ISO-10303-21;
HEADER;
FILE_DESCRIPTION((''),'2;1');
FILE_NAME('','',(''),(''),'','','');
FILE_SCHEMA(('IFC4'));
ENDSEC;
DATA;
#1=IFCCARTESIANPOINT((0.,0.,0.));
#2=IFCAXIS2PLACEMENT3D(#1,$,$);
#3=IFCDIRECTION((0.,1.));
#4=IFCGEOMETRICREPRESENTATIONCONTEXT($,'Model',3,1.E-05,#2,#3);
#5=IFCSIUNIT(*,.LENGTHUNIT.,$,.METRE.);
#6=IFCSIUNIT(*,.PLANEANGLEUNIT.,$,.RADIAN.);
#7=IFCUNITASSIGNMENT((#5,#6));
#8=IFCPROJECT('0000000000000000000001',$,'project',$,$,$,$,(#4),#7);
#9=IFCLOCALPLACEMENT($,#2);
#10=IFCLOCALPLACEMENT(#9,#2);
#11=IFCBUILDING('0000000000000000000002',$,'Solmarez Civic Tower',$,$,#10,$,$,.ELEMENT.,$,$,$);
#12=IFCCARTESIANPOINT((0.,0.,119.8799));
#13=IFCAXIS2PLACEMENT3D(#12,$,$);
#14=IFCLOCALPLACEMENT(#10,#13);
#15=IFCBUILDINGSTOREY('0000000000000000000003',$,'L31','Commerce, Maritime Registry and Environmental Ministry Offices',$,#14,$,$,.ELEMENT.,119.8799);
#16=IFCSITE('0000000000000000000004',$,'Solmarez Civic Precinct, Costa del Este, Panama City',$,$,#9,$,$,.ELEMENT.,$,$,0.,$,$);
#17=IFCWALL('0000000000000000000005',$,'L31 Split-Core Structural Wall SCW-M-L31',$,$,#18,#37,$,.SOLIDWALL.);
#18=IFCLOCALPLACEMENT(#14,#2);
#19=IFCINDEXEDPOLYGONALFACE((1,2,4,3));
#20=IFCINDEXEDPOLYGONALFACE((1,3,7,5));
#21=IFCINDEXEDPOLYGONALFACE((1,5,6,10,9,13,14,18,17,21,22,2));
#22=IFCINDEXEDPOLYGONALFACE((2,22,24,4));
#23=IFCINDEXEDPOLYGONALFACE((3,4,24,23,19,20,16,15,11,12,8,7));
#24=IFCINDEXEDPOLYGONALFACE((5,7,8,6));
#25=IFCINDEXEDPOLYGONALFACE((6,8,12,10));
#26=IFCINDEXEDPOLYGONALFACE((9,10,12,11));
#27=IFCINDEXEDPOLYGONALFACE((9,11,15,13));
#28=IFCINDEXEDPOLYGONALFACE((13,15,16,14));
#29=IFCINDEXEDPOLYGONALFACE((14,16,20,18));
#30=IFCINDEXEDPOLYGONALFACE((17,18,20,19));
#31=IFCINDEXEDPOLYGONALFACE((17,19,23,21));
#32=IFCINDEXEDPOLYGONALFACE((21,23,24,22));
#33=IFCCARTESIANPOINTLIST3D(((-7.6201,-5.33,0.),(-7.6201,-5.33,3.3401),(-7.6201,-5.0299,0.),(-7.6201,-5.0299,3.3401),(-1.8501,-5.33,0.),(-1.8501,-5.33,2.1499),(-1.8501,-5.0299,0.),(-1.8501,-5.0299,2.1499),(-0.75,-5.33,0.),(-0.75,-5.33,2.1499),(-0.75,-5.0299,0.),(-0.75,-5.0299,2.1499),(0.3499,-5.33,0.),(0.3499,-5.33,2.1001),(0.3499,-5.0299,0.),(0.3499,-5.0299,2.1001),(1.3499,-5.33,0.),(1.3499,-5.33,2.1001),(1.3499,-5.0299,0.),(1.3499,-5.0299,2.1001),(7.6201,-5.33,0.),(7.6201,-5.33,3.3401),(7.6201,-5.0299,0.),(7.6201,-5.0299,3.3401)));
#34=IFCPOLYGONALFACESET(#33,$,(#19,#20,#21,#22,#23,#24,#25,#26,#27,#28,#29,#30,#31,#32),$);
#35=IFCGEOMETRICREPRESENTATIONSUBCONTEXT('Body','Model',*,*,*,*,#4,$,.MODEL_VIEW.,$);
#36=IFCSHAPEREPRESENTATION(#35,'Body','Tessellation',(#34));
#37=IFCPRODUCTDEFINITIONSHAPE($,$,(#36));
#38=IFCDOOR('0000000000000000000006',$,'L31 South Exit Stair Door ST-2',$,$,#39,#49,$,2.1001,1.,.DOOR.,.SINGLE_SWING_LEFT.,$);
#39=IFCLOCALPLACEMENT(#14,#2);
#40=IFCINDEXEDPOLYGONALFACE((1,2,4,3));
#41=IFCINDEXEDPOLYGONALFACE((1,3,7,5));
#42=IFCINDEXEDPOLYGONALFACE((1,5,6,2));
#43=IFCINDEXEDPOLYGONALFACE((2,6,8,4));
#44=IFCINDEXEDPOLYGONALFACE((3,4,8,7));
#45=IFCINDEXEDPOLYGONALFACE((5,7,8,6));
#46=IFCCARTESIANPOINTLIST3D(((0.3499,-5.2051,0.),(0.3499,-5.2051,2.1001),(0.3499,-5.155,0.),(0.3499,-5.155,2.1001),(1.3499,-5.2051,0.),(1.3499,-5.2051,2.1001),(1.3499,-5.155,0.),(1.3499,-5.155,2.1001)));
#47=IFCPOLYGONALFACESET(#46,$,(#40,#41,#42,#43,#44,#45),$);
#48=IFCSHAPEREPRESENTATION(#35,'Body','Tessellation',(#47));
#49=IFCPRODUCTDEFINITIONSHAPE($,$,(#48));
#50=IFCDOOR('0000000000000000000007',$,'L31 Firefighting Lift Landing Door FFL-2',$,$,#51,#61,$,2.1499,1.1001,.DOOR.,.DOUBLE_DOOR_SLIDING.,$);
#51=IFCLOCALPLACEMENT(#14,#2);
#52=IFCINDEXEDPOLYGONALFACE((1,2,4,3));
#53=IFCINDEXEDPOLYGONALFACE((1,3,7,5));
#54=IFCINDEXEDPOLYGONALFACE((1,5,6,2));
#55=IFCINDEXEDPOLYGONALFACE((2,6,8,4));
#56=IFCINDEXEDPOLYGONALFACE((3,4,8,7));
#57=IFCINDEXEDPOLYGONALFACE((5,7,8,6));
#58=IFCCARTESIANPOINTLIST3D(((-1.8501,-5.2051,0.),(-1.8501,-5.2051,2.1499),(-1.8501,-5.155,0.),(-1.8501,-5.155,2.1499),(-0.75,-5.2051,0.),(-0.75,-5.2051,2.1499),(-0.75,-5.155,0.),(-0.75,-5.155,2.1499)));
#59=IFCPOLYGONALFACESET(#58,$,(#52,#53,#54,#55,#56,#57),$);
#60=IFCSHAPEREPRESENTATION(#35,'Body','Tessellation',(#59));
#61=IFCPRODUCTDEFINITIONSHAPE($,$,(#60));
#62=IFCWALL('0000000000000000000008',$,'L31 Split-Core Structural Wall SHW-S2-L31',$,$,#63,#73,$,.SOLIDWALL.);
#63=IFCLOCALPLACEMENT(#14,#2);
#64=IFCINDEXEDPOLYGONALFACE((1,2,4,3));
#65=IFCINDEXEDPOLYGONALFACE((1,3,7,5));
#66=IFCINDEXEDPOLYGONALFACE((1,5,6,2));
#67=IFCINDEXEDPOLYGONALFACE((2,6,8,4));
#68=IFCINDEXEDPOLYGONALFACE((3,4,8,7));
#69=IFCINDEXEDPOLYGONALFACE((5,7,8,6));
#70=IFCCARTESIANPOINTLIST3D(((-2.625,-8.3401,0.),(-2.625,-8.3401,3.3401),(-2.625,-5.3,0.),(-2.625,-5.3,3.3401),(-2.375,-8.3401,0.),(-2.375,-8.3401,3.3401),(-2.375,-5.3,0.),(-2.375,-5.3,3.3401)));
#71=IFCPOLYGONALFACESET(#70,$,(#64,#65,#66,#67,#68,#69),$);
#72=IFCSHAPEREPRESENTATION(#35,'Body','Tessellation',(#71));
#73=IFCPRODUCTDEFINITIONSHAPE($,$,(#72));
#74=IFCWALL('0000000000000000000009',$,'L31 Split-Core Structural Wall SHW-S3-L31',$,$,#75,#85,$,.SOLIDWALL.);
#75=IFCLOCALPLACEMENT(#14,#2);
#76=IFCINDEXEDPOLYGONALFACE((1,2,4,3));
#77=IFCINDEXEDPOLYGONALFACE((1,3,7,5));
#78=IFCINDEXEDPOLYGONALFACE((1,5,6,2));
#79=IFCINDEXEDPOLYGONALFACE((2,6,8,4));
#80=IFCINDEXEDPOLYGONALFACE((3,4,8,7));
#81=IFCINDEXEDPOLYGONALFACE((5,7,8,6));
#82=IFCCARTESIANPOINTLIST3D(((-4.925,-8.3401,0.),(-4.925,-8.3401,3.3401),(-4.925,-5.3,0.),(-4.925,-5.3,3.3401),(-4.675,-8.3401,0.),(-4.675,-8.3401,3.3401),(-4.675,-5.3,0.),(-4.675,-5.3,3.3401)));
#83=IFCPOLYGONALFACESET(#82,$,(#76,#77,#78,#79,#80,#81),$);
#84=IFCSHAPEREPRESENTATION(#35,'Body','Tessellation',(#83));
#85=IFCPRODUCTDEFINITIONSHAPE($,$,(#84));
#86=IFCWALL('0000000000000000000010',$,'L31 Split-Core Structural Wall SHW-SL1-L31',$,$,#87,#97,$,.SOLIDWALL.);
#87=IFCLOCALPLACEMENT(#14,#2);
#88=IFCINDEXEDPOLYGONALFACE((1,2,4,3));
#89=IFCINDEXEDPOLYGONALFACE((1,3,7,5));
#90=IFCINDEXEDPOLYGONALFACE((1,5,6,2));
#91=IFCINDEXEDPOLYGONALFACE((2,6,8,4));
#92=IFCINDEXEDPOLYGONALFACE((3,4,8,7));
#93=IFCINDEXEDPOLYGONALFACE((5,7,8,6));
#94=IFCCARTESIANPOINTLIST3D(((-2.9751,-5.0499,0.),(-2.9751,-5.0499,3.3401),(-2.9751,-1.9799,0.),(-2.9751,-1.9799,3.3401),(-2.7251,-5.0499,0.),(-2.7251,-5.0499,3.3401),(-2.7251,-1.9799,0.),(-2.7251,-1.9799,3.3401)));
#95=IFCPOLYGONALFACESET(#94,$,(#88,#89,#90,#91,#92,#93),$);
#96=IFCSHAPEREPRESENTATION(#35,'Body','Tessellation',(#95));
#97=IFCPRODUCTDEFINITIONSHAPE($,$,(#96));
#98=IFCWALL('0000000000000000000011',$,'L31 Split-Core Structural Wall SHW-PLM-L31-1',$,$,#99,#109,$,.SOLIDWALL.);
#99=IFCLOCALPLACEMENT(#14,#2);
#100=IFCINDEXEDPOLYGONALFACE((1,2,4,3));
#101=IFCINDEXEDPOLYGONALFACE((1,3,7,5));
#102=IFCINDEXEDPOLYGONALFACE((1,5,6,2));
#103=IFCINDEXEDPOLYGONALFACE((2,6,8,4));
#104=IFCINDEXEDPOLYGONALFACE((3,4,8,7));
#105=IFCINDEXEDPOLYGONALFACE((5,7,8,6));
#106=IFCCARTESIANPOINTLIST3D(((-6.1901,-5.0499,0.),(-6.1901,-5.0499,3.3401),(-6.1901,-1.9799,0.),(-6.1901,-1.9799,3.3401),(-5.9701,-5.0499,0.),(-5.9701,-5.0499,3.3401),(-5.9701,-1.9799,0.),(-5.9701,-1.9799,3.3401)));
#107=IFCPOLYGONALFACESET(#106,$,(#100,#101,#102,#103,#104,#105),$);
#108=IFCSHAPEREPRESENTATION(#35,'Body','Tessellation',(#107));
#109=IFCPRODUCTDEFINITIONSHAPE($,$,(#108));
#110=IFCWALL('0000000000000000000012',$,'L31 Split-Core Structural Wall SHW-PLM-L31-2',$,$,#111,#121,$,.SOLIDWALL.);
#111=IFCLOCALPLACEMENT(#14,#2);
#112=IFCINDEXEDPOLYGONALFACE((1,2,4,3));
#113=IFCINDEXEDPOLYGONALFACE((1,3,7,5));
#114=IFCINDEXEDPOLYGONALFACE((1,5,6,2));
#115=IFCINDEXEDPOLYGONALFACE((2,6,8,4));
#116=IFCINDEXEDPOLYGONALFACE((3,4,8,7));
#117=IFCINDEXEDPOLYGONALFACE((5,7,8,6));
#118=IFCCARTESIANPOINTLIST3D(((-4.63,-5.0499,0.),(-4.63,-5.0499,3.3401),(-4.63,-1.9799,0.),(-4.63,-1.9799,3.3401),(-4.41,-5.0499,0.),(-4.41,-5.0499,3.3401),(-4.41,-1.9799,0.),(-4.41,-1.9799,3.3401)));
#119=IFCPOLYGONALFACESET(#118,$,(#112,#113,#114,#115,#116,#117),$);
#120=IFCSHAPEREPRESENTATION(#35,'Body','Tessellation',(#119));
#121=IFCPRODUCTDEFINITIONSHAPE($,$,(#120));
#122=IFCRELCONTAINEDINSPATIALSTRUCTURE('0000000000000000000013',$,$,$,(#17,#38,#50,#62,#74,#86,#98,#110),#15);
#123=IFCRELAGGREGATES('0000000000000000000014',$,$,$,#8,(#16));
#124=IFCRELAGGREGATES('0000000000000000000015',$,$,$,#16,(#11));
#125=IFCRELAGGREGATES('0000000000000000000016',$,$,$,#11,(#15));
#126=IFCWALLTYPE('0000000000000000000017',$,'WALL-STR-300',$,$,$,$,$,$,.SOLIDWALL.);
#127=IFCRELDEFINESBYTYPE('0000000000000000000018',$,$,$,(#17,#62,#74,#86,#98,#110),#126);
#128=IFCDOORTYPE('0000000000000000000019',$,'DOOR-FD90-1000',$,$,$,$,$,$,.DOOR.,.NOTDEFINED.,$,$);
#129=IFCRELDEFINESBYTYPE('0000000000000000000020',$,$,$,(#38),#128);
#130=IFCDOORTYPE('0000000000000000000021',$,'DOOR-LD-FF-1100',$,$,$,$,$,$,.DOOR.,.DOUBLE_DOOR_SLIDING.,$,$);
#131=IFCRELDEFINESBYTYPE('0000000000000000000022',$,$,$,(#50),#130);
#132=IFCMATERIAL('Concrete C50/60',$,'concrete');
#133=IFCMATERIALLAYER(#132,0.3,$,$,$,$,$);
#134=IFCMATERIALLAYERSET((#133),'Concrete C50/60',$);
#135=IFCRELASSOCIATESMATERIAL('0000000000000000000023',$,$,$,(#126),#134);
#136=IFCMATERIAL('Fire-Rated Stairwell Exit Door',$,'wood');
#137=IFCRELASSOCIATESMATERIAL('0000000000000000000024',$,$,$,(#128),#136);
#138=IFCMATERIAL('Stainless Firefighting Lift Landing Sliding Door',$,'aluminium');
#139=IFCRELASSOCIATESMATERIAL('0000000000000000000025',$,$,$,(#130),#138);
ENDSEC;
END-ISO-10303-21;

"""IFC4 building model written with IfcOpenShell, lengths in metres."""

from ifc_helpers import new_model, si_unit, direction, frame, frame_2d, origin, place, context, subcontext, project, spatial, rectangle, extrude, material, layer, layer_set, type_object, element, fill, save


model = new_model("IFC4")

# Units and contexts
model_context = context("Model", 3, precision=1e-05, world=origin(), true_north=direction((0.0, 1.0)))
body_context = subcontext(model_context, "Body", "Model", "MODEL_VIEW")
ifc_project = project(units=[si_unit("LENGTHUNIT", "METRE"), si_unit("PLANEANGLEUNIT", "RADIAN")], contexts=[model_context])

# Site, building, storey
site_placement = place(None, origin())
site = spatial("IfcSite", under=ifc_project, at=site_placement, Name="Solmarez Civic Precinct, Costa del Este, Panama City", CompositionType="ELEMENT", RefElevation=0.0)
building_placement = place(site_placement, origin())
building = spatial("IfcBuilding", under=site, at=building_placement, Name="Solmarez Civic Tower", CompositionType="ELEMENT")
storey_placement = place(building_placement, frame((0.0, 0.0, 119.8799)))
storey = spatial("IfcBuildingStorey", under=building, at=storey_placement, Name="L31", Description="Commerce, Maritime Registry and Environmental Ministry Offices", CompositionType="ELEMENT", Elevation=119.8799)

# Shared definitions
ifc_material_1 = material(Name="Concrete C50/60", Category="concrete")

# Wall, openings, doors
ifc_layer_1 = layer(ifc_material_1, 0.3)
ifc_layer_set_1 = layer_set([ifc_layer_1], Name="Concrete C50/60")
wall_type_1 = type_object("IfcWallType", Name="WALL-STR-300", PredefinedType="SOLIDWALL", material=ifc_layer_set_1)
wall_1_placement = place(storey_placement, frame((-7.6201, -5.1799, 0.0), z_axis=(0.0, 0.0, 1.0), x_axis=(1.0, 0.0, 0.0)))
wall_1 = element("IfcWall", 1, at=wall_1_placement, inside=storey, type_object=wall_type_1, Name="L31 Split-Core Structural Wall SCW-M-L31", PredefinedType="SOLIDWALL", context=body_context, shape_type="SweptSolid", body=[
    extrude(rectangle(XDim=15.2402, YDim=0.3, at=frame_2d((7.6201, 0.0))), origin(), (0.0, 0.0, 1.0), 3.3401),
])
opening_1_placement = place(wall_1_placement, frame((5.77, 0.0, 0.0)))
opening_1 = element("IfcOpeningElement", 2, at=opening_1_placement, cuts=wall_1, PredefinedType="OPENING", context=body_context, shape_type="SweptSolid", body=[
    extrude(rectangle(XDim=1.1001, YDim=2.1499, at=frame_2d((0.55, 1.075))), frame((0.0, 0.1599, 0.0), z_axis=(0.0, -1.0, 0.0), x_axis=(1.0, 0.0, 0.0)), (0.0, 0.0, 1.0), 0.3201),
])
opening_2_placement = place(wall_1_placement, frame((7.97, 0.0, 0.0)))
opening_2 = element("IfcOpeningElement", 3, at=opening_2_placement, cuts=wall_1, PredefinedType="OPENING", context=body_context, shape_type="SweptSolid", body=[
    extrude(rectangle(XDim=1.0, YDim=2.1001, at=frame_2d((0.5, 1.05))), frame((0.0, 0.1599, 0.0), z_axis=(0.0, -1.0, 0.0), x_axis=(1.0, 0.0, 0.0)), (0.0, 0.0, 1.0), 0.3201),
])
ifc_material_2 = material(Name="Fire-Rated Stairwell Exit Door", Category="wood")
door_type_1 = type_object("IfcDoorType", Name="DOOR-FD90-1000", OperationType="NOTDEFINED", PredefinedType="DOOR", material=ifc_material_2)
door_1_placement = place(opening_2_placement, origin())
door_1 = element("IfcDoor", 4, at=door_1_placement, inside=storey, type_object=door_type_1, Name="L31 South Exit Stair Door ST-2", OperationType="SINGLE_SWING_LEFT", OverallHeight=2.1001, OverallWidth=1.0, PredefinedType="DOOR", context=body_context, shape_type="SweptSolid", body=[
    extrude(rectangle(XDim=1.0, YDim=2.1001, at=frame_2d((0.5, 1.05))), frame((0.0, 0.0249, 0.0), z_axis=(0.0, -1.0, 0.0), x_axis=(1.0, 0.0, 0.0)), (0.0, 0.0, 1.0), 0.05),
])
fill(opening_2, door_1)
ifc_material_3 = material(Name="Stainless Firefighting Lift Landing Sliding Door", Category="aluminium")
door_type_2 = type_object("IfcDoorType", Name="DOOR-LD-FF-1100", OperationType="DOUBLE_DOOR_SLIDING", PredefinedType="DOOR", material=ifc_material_3)
door_2_placement = place(opening_1_placement, origin())
door_2 = element("IfcDoor", 5, at=door_2_placement, inside=storey, type_object=door_type_2, Name="L31 Firefighting Lift Landing Door FFL-2", OperationType="DOUBLE_DOOR_SLIDING", OverallHeight=2.1499, OverallWidth=1.1001, PredefinedType="DOOR", context=body_context, shape_type="SweptSolid", body=[
    extrude(rectangle(XDim=1.1001, YDim=2.1499, at=frame_2d((0.55, 1.075))), frame((0.0, 0.0249, 0.0), z_axis=(0.0, -1.0, 0.0), x_axis=(1.0, 0.0, 0.0)), (0.0, 0.0, 1.0), 0.05),
])
fill(opening_1, door_2)

# Walls
for number, where, z_axis, x_axis, name in (
    (6, (-2.5, -8.3401, 0.0), (0.0, 0.0, 1.0), (0.0, 1.0, 0.0), "L31 Split-Core Structural Wall SHW-S2-L31"),
    (7, (-4.8, -8.3401, 0.0), (0.0, 0.0, 1.0), (0.0, 1.0, 0.0), "L31 Split-Core Structural Wall SHW-S3-L31"),
):
    element("IfcWall", number, at=place(storey_placement, frame(where, z_axis=z_axis, x_axis=x_axis)), inside=storey, type_object=wall_type_1, Name=name, PredefinedType="SOLIDWALL", context=body_context, shape_type="SweptSolid", body=[
        extrude(rectangle(XDim=3.04, YDim=0.25, at=frame_2d((1.52, 0.0))), origin(), (0.0, 0.0, 1.0), 3.3401),
    ])
wall_2_placement = place(storey_placement, frame((-2.8501, -5.05, 0.0), z_axis=(0.0, 0.0, 1.0), x_axis=(0.0, 1.0, 0.0)))
element("IfcWall", 8, at=wall_2_placement, inside=storey, type_object=wall_type_1, Name="L31 Split-Core Structural Wall SHW-SL1-L31", PredefinedType="SOLIDWALL", context=body_context, shape_type="SweptSolid", body=[
    extrude(rectangle(XDim=3.0701, YDim=0.25, at=frame_2d((1.5352, 0.0))), origin(), (0.0, 0.0, 1.0), 3.3401),
])
for number, where, z_axis, x_axis, name in (
    (9, (-6.0801, -5.05, 0.0), (0.0, 0.0, 1.0), (0.0, 1.0, 0.0), "L31 Split-Core Structural Wall SHW-PLM-L31-1"),
    (10, (-4.52, -5.05, 0.0), (0.0, 0.0, 1.0), (0.0, 1.0, 0.0), "L31 Split-Core Structural Wall SHW-PLM-L31-2"),
):
    element("IfcWall", number, at=place(storey_placement, frame(where, z_axis=z_axis, x_axis=x_axis)), inside=storey, type_object=wall_type_1, Name=name, PredefinedType="SOLIDWALL", context=body_context, shape_type="SweptSolid", body=[
        extrude(rectangle(XDim=3.0701, YDim=0.22, at=frame_2d((1.5352, 0.0))), origin(), (0.0, 0.0, 1.0), 3.3401),
    ])

save(model, "model.ifc")
